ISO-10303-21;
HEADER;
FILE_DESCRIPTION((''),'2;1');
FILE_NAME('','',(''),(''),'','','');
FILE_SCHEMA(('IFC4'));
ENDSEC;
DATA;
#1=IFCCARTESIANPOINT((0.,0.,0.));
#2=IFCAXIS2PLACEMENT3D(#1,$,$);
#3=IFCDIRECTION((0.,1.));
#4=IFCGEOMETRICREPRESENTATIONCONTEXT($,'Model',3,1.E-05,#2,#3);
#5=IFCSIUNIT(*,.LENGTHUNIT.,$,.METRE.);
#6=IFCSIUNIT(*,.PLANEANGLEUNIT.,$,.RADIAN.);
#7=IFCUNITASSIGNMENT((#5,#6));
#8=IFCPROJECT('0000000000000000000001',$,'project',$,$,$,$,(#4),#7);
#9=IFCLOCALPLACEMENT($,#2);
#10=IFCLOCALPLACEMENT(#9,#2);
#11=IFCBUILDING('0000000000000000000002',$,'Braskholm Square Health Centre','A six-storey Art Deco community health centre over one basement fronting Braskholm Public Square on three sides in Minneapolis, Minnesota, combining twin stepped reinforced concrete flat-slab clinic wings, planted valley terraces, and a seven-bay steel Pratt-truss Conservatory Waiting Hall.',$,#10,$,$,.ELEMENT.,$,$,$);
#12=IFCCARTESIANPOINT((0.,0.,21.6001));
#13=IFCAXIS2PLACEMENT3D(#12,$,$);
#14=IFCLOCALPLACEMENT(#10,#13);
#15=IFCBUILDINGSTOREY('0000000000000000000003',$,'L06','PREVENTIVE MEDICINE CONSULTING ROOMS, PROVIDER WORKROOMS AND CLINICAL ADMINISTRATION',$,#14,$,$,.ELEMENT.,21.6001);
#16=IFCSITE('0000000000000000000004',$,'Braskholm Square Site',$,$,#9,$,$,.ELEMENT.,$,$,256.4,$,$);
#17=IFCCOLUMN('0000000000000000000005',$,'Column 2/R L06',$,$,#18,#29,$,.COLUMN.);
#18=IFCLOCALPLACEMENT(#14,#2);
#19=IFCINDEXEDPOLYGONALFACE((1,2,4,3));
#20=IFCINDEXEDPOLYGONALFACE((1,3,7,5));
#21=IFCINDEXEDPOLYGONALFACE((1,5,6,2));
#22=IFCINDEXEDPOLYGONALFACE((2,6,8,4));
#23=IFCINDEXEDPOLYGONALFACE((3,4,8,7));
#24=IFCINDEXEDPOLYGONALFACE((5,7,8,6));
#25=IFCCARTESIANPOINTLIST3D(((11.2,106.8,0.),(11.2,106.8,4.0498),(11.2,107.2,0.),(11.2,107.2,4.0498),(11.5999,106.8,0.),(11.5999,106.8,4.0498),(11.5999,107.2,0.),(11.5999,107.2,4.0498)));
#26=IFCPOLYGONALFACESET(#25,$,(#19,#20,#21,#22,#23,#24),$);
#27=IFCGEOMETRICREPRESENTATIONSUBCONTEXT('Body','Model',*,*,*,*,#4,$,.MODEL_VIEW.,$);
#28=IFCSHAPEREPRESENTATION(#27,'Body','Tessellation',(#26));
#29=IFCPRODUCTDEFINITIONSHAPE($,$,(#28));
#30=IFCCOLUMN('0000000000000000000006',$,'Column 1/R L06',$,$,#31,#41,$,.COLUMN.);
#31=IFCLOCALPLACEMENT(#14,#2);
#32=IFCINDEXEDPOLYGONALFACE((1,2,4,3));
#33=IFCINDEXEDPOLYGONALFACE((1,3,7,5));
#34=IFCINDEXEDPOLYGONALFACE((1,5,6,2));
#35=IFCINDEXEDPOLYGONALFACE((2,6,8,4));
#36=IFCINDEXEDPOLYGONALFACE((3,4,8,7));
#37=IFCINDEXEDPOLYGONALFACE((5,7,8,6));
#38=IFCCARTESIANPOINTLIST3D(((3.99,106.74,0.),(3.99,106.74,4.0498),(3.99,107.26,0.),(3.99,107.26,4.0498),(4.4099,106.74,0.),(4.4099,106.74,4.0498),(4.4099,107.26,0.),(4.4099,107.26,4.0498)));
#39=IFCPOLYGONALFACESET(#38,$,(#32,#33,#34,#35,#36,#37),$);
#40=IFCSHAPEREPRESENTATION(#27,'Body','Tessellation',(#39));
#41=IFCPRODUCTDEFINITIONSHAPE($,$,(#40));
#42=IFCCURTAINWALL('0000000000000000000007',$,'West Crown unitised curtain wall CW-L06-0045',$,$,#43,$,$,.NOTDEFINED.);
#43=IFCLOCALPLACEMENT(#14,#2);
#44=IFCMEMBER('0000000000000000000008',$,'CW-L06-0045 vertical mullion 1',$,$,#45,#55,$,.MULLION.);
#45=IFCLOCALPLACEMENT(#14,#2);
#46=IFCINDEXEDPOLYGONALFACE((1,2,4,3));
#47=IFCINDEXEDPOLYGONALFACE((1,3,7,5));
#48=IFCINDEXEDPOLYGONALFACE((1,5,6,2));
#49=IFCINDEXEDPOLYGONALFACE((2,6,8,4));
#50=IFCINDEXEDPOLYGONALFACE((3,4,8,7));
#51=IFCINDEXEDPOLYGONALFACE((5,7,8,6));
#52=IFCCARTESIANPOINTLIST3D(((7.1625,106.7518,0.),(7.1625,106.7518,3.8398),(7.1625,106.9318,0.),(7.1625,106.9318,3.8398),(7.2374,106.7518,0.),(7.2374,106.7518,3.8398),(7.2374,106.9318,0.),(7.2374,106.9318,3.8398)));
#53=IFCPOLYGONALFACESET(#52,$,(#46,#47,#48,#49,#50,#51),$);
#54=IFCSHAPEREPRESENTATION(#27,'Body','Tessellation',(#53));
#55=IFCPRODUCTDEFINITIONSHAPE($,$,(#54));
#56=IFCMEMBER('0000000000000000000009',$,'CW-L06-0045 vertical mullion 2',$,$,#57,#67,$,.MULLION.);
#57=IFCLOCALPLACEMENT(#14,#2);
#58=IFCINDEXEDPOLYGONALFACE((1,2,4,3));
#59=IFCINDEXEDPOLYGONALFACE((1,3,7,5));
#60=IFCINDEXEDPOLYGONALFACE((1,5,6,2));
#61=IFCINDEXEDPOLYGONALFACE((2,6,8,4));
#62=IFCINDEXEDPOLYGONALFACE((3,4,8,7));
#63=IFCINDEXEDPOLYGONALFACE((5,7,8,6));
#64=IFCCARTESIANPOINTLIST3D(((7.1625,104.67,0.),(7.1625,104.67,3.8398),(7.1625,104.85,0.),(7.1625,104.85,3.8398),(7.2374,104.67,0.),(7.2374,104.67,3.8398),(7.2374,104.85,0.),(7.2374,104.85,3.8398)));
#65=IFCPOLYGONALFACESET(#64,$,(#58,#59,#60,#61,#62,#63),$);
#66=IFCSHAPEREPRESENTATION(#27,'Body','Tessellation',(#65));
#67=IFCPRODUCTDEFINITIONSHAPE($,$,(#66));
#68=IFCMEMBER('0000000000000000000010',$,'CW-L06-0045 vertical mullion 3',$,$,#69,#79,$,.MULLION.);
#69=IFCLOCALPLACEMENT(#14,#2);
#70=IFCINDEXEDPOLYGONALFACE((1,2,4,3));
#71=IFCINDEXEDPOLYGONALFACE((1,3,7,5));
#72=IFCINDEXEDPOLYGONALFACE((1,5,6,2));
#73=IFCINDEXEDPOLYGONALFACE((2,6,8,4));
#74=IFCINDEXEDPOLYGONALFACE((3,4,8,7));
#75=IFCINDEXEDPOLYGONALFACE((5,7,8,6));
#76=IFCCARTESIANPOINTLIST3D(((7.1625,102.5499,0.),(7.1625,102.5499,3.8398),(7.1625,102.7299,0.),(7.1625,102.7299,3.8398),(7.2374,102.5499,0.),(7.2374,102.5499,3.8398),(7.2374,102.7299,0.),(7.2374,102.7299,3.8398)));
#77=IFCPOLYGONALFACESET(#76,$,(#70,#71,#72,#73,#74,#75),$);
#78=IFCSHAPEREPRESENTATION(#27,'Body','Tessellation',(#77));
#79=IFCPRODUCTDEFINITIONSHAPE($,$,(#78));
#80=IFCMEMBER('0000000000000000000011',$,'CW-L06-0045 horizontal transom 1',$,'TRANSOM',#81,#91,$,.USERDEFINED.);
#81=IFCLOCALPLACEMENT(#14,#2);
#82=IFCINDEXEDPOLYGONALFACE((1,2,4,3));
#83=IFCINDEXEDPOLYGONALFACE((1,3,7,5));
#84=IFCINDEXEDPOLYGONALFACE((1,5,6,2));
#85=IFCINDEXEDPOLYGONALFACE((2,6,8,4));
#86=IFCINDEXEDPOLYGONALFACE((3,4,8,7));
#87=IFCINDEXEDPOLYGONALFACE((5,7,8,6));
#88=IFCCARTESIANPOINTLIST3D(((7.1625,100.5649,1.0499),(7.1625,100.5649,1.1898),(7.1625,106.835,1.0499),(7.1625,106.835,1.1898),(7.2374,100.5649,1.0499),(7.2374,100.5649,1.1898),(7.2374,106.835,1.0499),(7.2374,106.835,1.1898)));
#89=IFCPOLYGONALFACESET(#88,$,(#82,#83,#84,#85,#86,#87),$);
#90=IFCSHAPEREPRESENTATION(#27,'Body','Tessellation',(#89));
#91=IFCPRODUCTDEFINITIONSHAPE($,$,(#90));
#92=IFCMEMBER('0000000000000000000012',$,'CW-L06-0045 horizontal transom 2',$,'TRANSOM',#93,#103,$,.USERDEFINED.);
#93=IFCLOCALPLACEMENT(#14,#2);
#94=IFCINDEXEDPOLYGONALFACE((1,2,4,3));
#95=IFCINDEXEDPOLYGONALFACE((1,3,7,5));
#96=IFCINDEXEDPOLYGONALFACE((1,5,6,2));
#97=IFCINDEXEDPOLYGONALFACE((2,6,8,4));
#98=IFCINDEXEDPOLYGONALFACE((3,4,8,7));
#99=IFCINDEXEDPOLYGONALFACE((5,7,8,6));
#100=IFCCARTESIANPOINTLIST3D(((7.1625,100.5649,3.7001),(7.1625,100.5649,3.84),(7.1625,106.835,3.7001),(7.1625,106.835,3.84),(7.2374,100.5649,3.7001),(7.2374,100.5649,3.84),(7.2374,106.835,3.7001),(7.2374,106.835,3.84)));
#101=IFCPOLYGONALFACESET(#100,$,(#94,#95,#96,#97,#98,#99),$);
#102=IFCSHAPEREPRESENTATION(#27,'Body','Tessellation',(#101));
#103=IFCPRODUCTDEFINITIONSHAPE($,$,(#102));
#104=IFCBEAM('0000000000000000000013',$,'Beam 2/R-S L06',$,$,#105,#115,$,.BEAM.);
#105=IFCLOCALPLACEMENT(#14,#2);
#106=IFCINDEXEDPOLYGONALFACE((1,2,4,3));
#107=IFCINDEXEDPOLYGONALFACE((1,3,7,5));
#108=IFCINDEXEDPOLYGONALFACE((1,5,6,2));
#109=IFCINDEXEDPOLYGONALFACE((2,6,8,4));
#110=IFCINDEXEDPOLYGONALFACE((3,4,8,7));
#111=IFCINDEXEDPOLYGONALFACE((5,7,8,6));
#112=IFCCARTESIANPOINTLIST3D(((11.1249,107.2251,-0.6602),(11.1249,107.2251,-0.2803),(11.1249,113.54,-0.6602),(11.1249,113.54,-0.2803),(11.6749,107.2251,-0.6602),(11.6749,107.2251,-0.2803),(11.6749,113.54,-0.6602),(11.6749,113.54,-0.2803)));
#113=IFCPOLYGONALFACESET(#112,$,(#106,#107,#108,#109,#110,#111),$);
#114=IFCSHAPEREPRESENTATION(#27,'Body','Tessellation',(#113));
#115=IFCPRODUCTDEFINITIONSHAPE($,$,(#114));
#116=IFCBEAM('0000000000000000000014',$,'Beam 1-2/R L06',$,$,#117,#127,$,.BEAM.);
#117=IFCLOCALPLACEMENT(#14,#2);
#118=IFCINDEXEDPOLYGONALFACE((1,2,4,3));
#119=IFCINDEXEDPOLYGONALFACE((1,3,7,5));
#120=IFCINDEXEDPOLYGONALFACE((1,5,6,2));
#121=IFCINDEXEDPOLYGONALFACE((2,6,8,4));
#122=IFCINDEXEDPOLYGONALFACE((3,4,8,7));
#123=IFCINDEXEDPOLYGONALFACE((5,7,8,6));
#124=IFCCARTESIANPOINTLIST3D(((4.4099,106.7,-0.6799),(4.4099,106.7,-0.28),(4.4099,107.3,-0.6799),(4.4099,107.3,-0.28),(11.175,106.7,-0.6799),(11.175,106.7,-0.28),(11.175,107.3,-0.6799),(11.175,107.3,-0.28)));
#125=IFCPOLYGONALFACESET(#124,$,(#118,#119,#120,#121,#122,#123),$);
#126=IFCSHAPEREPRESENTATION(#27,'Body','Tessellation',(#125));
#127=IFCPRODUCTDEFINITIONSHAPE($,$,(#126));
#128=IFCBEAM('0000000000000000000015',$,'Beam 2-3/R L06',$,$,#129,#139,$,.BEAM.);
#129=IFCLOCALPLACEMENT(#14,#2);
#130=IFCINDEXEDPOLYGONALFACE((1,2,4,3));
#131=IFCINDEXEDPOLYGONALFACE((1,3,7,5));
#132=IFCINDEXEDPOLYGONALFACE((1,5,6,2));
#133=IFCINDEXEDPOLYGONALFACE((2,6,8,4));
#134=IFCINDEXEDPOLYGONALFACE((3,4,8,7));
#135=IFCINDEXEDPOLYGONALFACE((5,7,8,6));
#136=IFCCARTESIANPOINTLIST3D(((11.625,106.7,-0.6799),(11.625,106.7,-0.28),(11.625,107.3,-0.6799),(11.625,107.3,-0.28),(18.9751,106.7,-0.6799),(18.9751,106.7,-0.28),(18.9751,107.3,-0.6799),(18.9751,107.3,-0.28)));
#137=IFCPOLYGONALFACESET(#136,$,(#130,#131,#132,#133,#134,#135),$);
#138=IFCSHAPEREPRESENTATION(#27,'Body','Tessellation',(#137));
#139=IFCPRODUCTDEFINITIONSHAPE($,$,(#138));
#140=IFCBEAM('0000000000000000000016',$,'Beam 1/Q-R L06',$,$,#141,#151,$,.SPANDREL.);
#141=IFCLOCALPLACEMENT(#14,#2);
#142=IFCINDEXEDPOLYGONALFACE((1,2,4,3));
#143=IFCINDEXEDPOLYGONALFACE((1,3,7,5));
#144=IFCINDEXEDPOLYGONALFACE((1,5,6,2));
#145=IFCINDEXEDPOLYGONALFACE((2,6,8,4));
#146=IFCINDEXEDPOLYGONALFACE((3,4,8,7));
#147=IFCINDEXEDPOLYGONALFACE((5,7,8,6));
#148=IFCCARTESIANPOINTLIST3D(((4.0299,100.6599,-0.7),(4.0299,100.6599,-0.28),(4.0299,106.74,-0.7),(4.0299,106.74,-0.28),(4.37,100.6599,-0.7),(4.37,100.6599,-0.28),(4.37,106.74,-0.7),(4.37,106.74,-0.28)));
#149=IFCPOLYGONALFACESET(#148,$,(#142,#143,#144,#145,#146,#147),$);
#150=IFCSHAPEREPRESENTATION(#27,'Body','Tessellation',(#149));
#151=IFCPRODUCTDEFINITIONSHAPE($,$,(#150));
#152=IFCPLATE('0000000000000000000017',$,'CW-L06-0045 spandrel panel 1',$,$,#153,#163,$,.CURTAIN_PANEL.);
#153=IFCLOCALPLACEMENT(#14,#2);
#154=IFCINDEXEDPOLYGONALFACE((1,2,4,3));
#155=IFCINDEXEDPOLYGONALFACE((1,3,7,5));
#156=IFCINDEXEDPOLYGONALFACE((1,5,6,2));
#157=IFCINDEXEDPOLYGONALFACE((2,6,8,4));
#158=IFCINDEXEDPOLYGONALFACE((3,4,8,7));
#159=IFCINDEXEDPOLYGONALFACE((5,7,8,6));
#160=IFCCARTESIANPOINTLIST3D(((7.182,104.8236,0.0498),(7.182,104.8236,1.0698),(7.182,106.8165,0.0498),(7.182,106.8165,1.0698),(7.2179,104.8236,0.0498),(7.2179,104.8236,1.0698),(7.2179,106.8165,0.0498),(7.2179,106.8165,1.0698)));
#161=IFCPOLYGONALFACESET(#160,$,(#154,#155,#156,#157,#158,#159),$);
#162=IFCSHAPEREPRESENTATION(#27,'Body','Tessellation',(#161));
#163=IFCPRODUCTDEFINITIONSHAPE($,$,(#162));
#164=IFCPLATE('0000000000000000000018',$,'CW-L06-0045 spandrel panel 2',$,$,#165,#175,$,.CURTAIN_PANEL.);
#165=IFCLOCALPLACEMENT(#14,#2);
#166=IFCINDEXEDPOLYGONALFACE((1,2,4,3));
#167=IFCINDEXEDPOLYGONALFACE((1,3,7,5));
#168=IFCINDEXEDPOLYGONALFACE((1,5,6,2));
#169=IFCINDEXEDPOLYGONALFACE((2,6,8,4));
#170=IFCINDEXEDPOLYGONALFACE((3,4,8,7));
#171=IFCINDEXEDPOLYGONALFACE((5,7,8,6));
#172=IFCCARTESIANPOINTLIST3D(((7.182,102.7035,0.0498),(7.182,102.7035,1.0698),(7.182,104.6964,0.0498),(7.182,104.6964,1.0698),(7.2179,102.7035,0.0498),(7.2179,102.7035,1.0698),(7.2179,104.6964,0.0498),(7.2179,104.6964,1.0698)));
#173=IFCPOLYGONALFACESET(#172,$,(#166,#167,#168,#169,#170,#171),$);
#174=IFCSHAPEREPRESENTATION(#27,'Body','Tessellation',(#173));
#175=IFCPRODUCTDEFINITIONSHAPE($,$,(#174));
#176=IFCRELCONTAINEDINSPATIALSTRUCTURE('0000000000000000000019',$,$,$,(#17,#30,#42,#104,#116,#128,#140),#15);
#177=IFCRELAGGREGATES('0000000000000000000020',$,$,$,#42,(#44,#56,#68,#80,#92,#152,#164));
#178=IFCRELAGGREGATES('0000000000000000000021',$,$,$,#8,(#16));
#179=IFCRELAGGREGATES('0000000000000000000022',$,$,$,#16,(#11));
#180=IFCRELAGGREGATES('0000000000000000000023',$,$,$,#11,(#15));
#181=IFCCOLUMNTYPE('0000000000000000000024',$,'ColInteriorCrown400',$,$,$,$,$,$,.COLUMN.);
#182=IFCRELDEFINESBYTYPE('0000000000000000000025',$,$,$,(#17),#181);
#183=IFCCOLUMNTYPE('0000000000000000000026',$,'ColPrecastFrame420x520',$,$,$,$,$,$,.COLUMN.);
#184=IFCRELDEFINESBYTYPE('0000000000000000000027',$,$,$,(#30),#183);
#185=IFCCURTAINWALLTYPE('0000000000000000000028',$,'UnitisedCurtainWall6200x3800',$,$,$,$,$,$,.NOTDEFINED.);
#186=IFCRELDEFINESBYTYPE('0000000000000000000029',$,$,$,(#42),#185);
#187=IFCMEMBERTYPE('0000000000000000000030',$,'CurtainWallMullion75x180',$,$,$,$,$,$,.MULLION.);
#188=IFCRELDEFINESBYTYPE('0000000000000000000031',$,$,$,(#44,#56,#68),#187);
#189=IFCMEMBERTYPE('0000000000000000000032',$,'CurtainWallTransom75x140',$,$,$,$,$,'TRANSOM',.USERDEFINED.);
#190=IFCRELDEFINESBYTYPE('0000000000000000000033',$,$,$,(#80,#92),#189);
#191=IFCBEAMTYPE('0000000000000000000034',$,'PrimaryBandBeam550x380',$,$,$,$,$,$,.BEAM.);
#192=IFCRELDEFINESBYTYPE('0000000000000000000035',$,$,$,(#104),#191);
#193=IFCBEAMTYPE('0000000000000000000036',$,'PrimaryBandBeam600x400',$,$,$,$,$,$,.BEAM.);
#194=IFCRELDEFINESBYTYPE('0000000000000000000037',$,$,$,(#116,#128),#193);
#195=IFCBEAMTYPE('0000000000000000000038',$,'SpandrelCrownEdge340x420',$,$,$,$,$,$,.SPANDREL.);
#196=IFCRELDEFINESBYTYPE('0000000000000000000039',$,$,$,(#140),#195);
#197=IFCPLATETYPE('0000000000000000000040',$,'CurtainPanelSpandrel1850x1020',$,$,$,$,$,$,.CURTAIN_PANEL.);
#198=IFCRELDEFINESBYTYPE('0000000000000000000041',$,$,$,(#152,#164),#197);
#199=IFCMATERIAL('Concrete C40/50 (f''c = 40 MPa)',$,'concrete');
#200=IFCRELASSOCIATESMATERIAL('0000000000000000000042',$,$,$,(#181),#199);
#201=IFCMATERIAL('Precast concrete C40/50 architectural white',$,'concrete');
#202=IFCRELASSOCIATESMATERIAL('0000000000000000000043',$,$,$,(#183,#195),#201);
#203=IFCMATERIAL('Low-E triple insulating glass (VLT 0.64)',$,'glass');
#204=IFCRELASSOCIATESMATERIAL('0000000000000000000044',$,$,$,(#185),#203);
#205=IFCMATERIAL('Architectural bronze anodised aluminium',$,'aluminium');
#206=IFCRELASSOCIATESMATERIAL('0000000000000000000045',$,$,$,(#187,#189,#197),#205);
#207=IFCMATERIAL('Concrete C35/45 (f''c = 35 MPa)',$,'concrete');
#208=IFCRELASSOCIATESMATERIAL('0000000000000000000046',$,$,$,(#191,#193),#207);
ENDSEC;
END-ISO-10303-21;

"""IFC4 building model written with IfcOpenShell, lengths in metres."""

from ifc_helpers import new_model, si_unit, direction, frame, origin, origin_2d, place, context, subcontext, project, spatial, rectangle, extrude, material, material_profile, profile_set, type_object, element, aggregate, save


model = new_model("IFC4")

# Units and contexts
model_context = context("Model", 3, precision=1e-05, world=origin(), true_north=direction((0.0, 1.0)))
body_context = subcontext(model_context, "Body", "Model", "MODEL_VIEW")
ifc_project = project(units=[si_unit("LENGTHUNIT", "METRE"), si_unit("PLANEANGLEUNIT", "RADIAN")], contexts=[model_context])

# Site, building, storey
site_placement = place(None, origin())
site = spatial("IfcSite", under=ifc_project, at=site_placement, Name="Braskholm Square Site", CompositionType="ELEMENT", RefElevation=256.4)
building_placement = place(site_placement, origin())
building = spatial("IfcBuilding", under=site, at=building_placement, Name="Braskholm Square Health Centre", Description="A six-storey Art Deco community health centre over one basement fronting Braskholm Public Square on three sides in Minneapolis, Minnesota, combining twin stepped reinforced concrete flat-slab clinic wings, planted valley terraces, and a seven-bay steel Pratt-truss Conservatory Waiting Hall.", CompositionType="ELEMENT")
storey_placement = place(building_placement, frame((0.0, 0.0, 21.6001)))
storey = spatial("IfcBuildingStorey", under=building, at=storey_placement, Name="L06", Description="PREVENTIVE MEDICINE CONSULTING ROOMS, PROVIDER WORKROOMS AND CLINICAL ADMINISTRATION", CompositionType="ELEMENT", Elevation=21.6001)

# Columns
ifc_material_1 = material(Name="Concrete C40/50 (f'c = 40 MPa)", Category="concrete")
ifc_material_profile_1 = material_profile(ifc_material_1, rectangle(XDim=0.3999, YDim=0.3999, at=origin_2d()), Name="RC-400X400")
ifc_profile_set_1 = profile_set([ifc_material_profile_1], Name="Concrete C40/50 (f'c = 40 MPa)")
column_type_1 = type_object("IfcColumnType", Name="ColInteriorCrown400", PredefinedType="COLUMN", material=ifc_profile_set_1)
column_1_placement = place(storey_placement, frame((11.3999, 107.0, 0.0), z_axis=(0.0, 0.0, 1.0), x_axis=(1.0, 0.0, 0.0)))
element("IfcColumn", 1, at=column_1_placement, inside=storey, type_object=column_type_1, Name="Column 2/R L06", PredefinedType="COLUMN", context=body_context, shape_type="SweptSolid", body=[
    extrude(rectangle(XDim=0.3999, YDim=0.3999, at=origin_2d()), origin(), (0.0, 0.0, 1.0), 4.0498),
])
ifc_material_2 = material(Name="Precast concrete C40/50 architectural white", Category="concrete")
ifc_material_profile_2 = material_profile(ifc_material_2, rectangle(XDim=0.4199, YDim=0.52, at=origin_2d()), Name="RC-420X520")
ifc_profile_set_2 = profile_set([ifc_material_profile_2], Name="Precast concrete C40/50 architectural white")
column_type_2 = type_object("IfcColumnType", Name="ColPrecastFrame420x520", PredefinedType="COLUMN", material=ifc_profile_set_2)
column_2_placement = place(storey_placement, frame((4.2, 107.0, 0.0), z_axis=(0.0, 0.0, 1.0), x_axis=(1.0, 0.0, 0.0)))
element("IfcColumn", 2, at=column_2_placement, inside=storey, type_object=column_type_2, Name="Column 1/R L06", PredefinedType="COLUMN", context=body_context, shape_type="SweptSolid", body=[
    extrude(rectangle(XDim=0.4199, YDim=0.52, at=origin_2d()), origin(), (0.0, 0.0, 1.0), 4.0498),
])

# Curtain wall, members
ifc_material_3 = material(Name="Low-E triple insulating glass (VLT 0.64)", Category="glass")
curtain_wall_type = type_object("IfcCurtainWallType", Name="UnitisedCurtainWall6200x3800", PredefinedType="NOTDEFINED", material=ifc_material_3)
curtain_wall_placement = place(storey_placement, origin())
curtain_wall = element("IfcCurtainWall", 3, at=curtain_wall_placement, inside=storey, type_object=curtain_wall_type, Name="West Crown unitised curtain wall CW-L06-0045", PredefinedType="NOTDEFINED")
ifc_material_4 = material(Name="Architectural bronze anodised aluminium", Category="aluminium")
ifc_material_profile_3 = material_profile(ifc_material_4, rectangle(XDim=0.075, YDim=0.1799, at=origin_2d()), Name="ALU-75X180")
ifc_profile_set_3 = profile_set([ifc_material_profile_3], Name="Architectural bronze anodised aluminium")
member_type_1 = type_object("IfcMemberType", Name="CurtainWallMullion75x180", PredefinedType="MULLION", material=ifc_profile_set_3)
member_1_placement = place(storey_placement, frame((7.2, 106.8418, 0.0), z_axis=(0.0, 0.0, 1.0), x_axis=(1.0, 0.0, 0.0)))
member_1 = element("IfcMember", 4, at=member_1_placement, type_object=member_type_1, Name="CW-L06-0045 vertical mullion 1", PredefinedType="MULLION", context=body_context, shape_type="SweptSolid", body=[
    extrude(rectangle(XDim=0.075, YDim=0.1799, at=origin_2d()), origin(), (0.0, 0.0, 1.0), 3.8398),
])
member_2_placement = place(storey_placement, frame((7.2, 104.76, 0.0), z_axis=(0.0, 0.0, 1.0), x_axis=(1.0, 0.0, 0.0)))
member_2 = element("IfcMember", 5, at=member_2_placement, type_object=member_type_1, Name="CW-L06-0045 vertical mullion 2", PredefinedType="MULLION", context=body_context, shape_type="SweptSolid", body=[
    extrude(rectangle(XDim=0.075, YDim=0.1799, at=origin_2d()), origin(), (0.0, 0.0, 1.0), 3.8398),
])
member_3_placement = place(storey_placement, frame((7.2, 102.6399, 0.0), z_axis=(0.0, 0.0, 1.0), x_axis=(1.0, 0.0, 0.0)))
member_3 = element("IfcMember", 6, at=member_3_placement, type_object=member_type_1, Name="CW-L06-0045 vertical mullion 3", PredefinedType="MULLION", context=body_context, shape_type="SweptSolid", body=[
    extrude(rectangle(XDim=0.075, YDim=0.1799, at=origin_2d()), origin(), (0.0, 0.0, 1.0), 3.8398),
])
ifc_material_profile_4 = material_profile(ifc_material_4, rectangle(XDim=0.075, YDim=0.1399, at=origin_2d()), Name="ALU-75X140")
ifc_profile_set_4 = profile_set([ifc_material_profile_4], Name="Architectural bronze anodised aluminium")
member_type_2 = type_object("IfcMemberType", Name="CurtainWallTransom75x140", ElementType="TRANSOM", PredefinedType="USERDEFINED", material=ifc_profile_set_4)
member_4_placement = place(storey_placement, frame((7.2, 106.835, 1.1199), z_axis=(0.0, -1.0, 0.0), x_axis=(1.0, 0.0, 0.0)))
member_4 = element("IfcMember", 7, at=member_4_placement, type_object=member_type_2, Name="CW-L06-0045 horizontal transom 1", ObjectType="TRANSOM", PredefinedType="USERDEFINED", context=body_context, shape_type="SweptSolid", body=[
    extrude(rectangle(XDim=0.075, YDim=0.1399, at=origin_2d()), origin(), (0.0, 0.0, 1.0), 6.27),
])
member_5_placement = place(storey_placement, frame((7.2, 106.835, 3.77), z_axis=(0.0, -1.0, 0.0), x_axis=(1.0, 0.0, 0.0)))
member_5 = element("IfcMember", 8, at=member_5_placement, type_object=member_type_2, Name="CW-L06-0045 horizontal transom 2", ObjectType="TRANSOM", PredefinedType="USERDEFINED", context=body_context, shape_type="SweptSolid", body=[
    extrude(rectangle(XDim=0.075, YDim=0.1399, at=origin_2d()), origin(), (0.0, 0.0, 1.0), 6.27),
])

# Beams
ifc_material_5 = material(Name="Concrete C35/45 (f'c = 35 MPa)", Category="concrete")
ifc_material_profile_5 = material_profile(ifc_material_5, rectangle(XDim=0.55, YDim=0.3799, at=origin_2d()), Name="RCB-550X380")
ifc_profile_set_5 = profile_set([ifc_material_profile_5], Name="Concrete C35/45 (f'c = 35 MPa)")
beam_type_1 = type_object("IfcBeamType", Name="PrimaryBandBeam550x380", PredefinedType="BEAM", material=ifc_profile_set_5)
beam_1_placement = place(storey_placement, frame((11.3999, 107.2251, -0.4702), z_axis=(0.0, 1.0, 0.0), x_axis=(-1.0, 0.0, 0.0)))
element("IfcBeam", 9, at=beam_1_placement, inside=storey, type_object=beam_type_1, Name="Beam 2/R-S L06", PredefinedType="BEAM", context=body_context, shape_type="SweptSolid", body=[
    extrude(rectangle(XDim=0.55, YDim=0.3799, at=origin_2d()), origin(), (0.0, 0.0, 1.0), 6.3149),
])
ifc_material_profile_6 = material_profile(ifc_material_5, rectangle(XDim=0.6001, YDim=0.3999, at=origin_2d()), Name="RCB-600X400")
ifc_profile_set_6 = profile_set([ifc_material_profile_6], Name="Concrete C35/45 (f'c = 35 MPa)")
beam_type_2 = type_object("IfcBeamType", Name="PrimaryBandBeam600x400", PredefinedType="BEAM", material=ifc_profile_set_6)
beam_2_placement = place(storey_placement, frame((4.4099, 107.0, -0.48), z_axis=(1.0, 0.0, 0.0), x_axis=(0.0, 1.0, 0.0)))
element("IfcBeam", 10, at=beam_2_placement, inside=storey, type_object=beam_type_2, Name="Beam 1-2/R L06", PredefinedType="BEAM", context=body_context, shape_type="SweptSolid", body=[
    extrude(rectangle(XDim=0.6001, YDim=0.3999, at=origin_2d()), origin(), (0.0, 0.0, 1.0), 6.7651),
])
beam_3_placement = place(storey_placement, frame((11.625, 107.0, -0.48), z_axis=(1.0, 0.0, 0.0), x_axis=(0.0, 1.0, 0.0)))
element("IfcBeam", 11, at=beam_3_placement, inside=storey, type_object=beam_type_2, Name="Beam 2-3/R L06", PredefinedType="BEAM", context=body_context, shape_type="SweptSolid", body=[
    extrude(rectangle(XDim=0.6001, YDim=0.3999, at=origin_2d()), origin(), (0.0, 0.0, 1.0), 7.3501),
])
ifc_material_profile_7 = material_profile(ifc_material_2, rectangle(XDim=0.3401, YDim=0.4199, at=origin_2d()), Name="RCB-340X420")
ifc_profile_set_7 = profile_set([ifc_material_profile_7], Name="Precast concrete C40/50 architectural white")
beam_type_3 = type_object("IfcBeamType", Name="SpandrelCrownEdge340x420", PredefinedType="SPANDREL", material=ifc_profile_set_7)
beam_4_placement = place(storey_placement, frame((4.2, 100.6599, -0.49), z_axis=(0.0, 1.0, 0.0), x_axis=(-1.0, 0.0, 0.0)))
element("IfcBeam", 12, at=beam_4_placement, inside=storey, type_object=beam_type_3, Name="Beam 1/Q-R L06", PredefinedType="SPANDREL", context=body_context, shape_type="SweptSolid", body=[
    extrude(rectangle(XDim=0.3401, YDim=0.4199, at=origin_2d()), origin(), (0.0, 0.0, 1.0), 6.0801),
])

# Plates
plate_type_1 = type_object("IfcPlateType", Name="CurtainPanelSpandrel1850x1020", PredefinedType="CURTAIN_PANEL", material=ifc_material_4)
plate_1_placement = place(storey_placement, frame((7.2, 105.8201, 0.0498), z_axis=(0.0, 0.0, 1.0), x_axis=(0.0, -1.0, 0.0)))
plate_1 = element("IfcPlate", 13, at=plate_1_placement, type_object=plate_type_1, Name="CW-L06-0045 spandrel panel 1", PredefinedType="CURTAIN_PANEL", context=body_context, shape_type="SweptSolid", body=[
    extrude(rectangle(XDim=1.9929, YDim=0.0359, at=origin_2d()), origin(), (0.0, 0.0, 1.0), 1.02),
])
plate_2_placement = place(storey_placement, frame((7.2, 103.7, 0.0498), z_axis=(0.0, 0.0, 1.0), x_axis=(0.0, -1.0, 0.0)))
plate_2 = element("IfcPlate", 14, at=plate_2_placement, type_object=plate_type_1, Name="CW-L06-0045 spandrel panel 2", PredefinedType="CURTAIN_PANEL", context=body_context, shape_type="SweptSolid", body=[
    extrude(rectangle(XDim=1.9929, YDim=0.0359, at=origin_2d()), origin(), (0.0, 0.0, 1.0), 1.02),
])
aggregate(curtain_wall, [member_1, member_2, member_3, member_4, member_5, plate_1, plate_2])

save(model, "model.ifc")
